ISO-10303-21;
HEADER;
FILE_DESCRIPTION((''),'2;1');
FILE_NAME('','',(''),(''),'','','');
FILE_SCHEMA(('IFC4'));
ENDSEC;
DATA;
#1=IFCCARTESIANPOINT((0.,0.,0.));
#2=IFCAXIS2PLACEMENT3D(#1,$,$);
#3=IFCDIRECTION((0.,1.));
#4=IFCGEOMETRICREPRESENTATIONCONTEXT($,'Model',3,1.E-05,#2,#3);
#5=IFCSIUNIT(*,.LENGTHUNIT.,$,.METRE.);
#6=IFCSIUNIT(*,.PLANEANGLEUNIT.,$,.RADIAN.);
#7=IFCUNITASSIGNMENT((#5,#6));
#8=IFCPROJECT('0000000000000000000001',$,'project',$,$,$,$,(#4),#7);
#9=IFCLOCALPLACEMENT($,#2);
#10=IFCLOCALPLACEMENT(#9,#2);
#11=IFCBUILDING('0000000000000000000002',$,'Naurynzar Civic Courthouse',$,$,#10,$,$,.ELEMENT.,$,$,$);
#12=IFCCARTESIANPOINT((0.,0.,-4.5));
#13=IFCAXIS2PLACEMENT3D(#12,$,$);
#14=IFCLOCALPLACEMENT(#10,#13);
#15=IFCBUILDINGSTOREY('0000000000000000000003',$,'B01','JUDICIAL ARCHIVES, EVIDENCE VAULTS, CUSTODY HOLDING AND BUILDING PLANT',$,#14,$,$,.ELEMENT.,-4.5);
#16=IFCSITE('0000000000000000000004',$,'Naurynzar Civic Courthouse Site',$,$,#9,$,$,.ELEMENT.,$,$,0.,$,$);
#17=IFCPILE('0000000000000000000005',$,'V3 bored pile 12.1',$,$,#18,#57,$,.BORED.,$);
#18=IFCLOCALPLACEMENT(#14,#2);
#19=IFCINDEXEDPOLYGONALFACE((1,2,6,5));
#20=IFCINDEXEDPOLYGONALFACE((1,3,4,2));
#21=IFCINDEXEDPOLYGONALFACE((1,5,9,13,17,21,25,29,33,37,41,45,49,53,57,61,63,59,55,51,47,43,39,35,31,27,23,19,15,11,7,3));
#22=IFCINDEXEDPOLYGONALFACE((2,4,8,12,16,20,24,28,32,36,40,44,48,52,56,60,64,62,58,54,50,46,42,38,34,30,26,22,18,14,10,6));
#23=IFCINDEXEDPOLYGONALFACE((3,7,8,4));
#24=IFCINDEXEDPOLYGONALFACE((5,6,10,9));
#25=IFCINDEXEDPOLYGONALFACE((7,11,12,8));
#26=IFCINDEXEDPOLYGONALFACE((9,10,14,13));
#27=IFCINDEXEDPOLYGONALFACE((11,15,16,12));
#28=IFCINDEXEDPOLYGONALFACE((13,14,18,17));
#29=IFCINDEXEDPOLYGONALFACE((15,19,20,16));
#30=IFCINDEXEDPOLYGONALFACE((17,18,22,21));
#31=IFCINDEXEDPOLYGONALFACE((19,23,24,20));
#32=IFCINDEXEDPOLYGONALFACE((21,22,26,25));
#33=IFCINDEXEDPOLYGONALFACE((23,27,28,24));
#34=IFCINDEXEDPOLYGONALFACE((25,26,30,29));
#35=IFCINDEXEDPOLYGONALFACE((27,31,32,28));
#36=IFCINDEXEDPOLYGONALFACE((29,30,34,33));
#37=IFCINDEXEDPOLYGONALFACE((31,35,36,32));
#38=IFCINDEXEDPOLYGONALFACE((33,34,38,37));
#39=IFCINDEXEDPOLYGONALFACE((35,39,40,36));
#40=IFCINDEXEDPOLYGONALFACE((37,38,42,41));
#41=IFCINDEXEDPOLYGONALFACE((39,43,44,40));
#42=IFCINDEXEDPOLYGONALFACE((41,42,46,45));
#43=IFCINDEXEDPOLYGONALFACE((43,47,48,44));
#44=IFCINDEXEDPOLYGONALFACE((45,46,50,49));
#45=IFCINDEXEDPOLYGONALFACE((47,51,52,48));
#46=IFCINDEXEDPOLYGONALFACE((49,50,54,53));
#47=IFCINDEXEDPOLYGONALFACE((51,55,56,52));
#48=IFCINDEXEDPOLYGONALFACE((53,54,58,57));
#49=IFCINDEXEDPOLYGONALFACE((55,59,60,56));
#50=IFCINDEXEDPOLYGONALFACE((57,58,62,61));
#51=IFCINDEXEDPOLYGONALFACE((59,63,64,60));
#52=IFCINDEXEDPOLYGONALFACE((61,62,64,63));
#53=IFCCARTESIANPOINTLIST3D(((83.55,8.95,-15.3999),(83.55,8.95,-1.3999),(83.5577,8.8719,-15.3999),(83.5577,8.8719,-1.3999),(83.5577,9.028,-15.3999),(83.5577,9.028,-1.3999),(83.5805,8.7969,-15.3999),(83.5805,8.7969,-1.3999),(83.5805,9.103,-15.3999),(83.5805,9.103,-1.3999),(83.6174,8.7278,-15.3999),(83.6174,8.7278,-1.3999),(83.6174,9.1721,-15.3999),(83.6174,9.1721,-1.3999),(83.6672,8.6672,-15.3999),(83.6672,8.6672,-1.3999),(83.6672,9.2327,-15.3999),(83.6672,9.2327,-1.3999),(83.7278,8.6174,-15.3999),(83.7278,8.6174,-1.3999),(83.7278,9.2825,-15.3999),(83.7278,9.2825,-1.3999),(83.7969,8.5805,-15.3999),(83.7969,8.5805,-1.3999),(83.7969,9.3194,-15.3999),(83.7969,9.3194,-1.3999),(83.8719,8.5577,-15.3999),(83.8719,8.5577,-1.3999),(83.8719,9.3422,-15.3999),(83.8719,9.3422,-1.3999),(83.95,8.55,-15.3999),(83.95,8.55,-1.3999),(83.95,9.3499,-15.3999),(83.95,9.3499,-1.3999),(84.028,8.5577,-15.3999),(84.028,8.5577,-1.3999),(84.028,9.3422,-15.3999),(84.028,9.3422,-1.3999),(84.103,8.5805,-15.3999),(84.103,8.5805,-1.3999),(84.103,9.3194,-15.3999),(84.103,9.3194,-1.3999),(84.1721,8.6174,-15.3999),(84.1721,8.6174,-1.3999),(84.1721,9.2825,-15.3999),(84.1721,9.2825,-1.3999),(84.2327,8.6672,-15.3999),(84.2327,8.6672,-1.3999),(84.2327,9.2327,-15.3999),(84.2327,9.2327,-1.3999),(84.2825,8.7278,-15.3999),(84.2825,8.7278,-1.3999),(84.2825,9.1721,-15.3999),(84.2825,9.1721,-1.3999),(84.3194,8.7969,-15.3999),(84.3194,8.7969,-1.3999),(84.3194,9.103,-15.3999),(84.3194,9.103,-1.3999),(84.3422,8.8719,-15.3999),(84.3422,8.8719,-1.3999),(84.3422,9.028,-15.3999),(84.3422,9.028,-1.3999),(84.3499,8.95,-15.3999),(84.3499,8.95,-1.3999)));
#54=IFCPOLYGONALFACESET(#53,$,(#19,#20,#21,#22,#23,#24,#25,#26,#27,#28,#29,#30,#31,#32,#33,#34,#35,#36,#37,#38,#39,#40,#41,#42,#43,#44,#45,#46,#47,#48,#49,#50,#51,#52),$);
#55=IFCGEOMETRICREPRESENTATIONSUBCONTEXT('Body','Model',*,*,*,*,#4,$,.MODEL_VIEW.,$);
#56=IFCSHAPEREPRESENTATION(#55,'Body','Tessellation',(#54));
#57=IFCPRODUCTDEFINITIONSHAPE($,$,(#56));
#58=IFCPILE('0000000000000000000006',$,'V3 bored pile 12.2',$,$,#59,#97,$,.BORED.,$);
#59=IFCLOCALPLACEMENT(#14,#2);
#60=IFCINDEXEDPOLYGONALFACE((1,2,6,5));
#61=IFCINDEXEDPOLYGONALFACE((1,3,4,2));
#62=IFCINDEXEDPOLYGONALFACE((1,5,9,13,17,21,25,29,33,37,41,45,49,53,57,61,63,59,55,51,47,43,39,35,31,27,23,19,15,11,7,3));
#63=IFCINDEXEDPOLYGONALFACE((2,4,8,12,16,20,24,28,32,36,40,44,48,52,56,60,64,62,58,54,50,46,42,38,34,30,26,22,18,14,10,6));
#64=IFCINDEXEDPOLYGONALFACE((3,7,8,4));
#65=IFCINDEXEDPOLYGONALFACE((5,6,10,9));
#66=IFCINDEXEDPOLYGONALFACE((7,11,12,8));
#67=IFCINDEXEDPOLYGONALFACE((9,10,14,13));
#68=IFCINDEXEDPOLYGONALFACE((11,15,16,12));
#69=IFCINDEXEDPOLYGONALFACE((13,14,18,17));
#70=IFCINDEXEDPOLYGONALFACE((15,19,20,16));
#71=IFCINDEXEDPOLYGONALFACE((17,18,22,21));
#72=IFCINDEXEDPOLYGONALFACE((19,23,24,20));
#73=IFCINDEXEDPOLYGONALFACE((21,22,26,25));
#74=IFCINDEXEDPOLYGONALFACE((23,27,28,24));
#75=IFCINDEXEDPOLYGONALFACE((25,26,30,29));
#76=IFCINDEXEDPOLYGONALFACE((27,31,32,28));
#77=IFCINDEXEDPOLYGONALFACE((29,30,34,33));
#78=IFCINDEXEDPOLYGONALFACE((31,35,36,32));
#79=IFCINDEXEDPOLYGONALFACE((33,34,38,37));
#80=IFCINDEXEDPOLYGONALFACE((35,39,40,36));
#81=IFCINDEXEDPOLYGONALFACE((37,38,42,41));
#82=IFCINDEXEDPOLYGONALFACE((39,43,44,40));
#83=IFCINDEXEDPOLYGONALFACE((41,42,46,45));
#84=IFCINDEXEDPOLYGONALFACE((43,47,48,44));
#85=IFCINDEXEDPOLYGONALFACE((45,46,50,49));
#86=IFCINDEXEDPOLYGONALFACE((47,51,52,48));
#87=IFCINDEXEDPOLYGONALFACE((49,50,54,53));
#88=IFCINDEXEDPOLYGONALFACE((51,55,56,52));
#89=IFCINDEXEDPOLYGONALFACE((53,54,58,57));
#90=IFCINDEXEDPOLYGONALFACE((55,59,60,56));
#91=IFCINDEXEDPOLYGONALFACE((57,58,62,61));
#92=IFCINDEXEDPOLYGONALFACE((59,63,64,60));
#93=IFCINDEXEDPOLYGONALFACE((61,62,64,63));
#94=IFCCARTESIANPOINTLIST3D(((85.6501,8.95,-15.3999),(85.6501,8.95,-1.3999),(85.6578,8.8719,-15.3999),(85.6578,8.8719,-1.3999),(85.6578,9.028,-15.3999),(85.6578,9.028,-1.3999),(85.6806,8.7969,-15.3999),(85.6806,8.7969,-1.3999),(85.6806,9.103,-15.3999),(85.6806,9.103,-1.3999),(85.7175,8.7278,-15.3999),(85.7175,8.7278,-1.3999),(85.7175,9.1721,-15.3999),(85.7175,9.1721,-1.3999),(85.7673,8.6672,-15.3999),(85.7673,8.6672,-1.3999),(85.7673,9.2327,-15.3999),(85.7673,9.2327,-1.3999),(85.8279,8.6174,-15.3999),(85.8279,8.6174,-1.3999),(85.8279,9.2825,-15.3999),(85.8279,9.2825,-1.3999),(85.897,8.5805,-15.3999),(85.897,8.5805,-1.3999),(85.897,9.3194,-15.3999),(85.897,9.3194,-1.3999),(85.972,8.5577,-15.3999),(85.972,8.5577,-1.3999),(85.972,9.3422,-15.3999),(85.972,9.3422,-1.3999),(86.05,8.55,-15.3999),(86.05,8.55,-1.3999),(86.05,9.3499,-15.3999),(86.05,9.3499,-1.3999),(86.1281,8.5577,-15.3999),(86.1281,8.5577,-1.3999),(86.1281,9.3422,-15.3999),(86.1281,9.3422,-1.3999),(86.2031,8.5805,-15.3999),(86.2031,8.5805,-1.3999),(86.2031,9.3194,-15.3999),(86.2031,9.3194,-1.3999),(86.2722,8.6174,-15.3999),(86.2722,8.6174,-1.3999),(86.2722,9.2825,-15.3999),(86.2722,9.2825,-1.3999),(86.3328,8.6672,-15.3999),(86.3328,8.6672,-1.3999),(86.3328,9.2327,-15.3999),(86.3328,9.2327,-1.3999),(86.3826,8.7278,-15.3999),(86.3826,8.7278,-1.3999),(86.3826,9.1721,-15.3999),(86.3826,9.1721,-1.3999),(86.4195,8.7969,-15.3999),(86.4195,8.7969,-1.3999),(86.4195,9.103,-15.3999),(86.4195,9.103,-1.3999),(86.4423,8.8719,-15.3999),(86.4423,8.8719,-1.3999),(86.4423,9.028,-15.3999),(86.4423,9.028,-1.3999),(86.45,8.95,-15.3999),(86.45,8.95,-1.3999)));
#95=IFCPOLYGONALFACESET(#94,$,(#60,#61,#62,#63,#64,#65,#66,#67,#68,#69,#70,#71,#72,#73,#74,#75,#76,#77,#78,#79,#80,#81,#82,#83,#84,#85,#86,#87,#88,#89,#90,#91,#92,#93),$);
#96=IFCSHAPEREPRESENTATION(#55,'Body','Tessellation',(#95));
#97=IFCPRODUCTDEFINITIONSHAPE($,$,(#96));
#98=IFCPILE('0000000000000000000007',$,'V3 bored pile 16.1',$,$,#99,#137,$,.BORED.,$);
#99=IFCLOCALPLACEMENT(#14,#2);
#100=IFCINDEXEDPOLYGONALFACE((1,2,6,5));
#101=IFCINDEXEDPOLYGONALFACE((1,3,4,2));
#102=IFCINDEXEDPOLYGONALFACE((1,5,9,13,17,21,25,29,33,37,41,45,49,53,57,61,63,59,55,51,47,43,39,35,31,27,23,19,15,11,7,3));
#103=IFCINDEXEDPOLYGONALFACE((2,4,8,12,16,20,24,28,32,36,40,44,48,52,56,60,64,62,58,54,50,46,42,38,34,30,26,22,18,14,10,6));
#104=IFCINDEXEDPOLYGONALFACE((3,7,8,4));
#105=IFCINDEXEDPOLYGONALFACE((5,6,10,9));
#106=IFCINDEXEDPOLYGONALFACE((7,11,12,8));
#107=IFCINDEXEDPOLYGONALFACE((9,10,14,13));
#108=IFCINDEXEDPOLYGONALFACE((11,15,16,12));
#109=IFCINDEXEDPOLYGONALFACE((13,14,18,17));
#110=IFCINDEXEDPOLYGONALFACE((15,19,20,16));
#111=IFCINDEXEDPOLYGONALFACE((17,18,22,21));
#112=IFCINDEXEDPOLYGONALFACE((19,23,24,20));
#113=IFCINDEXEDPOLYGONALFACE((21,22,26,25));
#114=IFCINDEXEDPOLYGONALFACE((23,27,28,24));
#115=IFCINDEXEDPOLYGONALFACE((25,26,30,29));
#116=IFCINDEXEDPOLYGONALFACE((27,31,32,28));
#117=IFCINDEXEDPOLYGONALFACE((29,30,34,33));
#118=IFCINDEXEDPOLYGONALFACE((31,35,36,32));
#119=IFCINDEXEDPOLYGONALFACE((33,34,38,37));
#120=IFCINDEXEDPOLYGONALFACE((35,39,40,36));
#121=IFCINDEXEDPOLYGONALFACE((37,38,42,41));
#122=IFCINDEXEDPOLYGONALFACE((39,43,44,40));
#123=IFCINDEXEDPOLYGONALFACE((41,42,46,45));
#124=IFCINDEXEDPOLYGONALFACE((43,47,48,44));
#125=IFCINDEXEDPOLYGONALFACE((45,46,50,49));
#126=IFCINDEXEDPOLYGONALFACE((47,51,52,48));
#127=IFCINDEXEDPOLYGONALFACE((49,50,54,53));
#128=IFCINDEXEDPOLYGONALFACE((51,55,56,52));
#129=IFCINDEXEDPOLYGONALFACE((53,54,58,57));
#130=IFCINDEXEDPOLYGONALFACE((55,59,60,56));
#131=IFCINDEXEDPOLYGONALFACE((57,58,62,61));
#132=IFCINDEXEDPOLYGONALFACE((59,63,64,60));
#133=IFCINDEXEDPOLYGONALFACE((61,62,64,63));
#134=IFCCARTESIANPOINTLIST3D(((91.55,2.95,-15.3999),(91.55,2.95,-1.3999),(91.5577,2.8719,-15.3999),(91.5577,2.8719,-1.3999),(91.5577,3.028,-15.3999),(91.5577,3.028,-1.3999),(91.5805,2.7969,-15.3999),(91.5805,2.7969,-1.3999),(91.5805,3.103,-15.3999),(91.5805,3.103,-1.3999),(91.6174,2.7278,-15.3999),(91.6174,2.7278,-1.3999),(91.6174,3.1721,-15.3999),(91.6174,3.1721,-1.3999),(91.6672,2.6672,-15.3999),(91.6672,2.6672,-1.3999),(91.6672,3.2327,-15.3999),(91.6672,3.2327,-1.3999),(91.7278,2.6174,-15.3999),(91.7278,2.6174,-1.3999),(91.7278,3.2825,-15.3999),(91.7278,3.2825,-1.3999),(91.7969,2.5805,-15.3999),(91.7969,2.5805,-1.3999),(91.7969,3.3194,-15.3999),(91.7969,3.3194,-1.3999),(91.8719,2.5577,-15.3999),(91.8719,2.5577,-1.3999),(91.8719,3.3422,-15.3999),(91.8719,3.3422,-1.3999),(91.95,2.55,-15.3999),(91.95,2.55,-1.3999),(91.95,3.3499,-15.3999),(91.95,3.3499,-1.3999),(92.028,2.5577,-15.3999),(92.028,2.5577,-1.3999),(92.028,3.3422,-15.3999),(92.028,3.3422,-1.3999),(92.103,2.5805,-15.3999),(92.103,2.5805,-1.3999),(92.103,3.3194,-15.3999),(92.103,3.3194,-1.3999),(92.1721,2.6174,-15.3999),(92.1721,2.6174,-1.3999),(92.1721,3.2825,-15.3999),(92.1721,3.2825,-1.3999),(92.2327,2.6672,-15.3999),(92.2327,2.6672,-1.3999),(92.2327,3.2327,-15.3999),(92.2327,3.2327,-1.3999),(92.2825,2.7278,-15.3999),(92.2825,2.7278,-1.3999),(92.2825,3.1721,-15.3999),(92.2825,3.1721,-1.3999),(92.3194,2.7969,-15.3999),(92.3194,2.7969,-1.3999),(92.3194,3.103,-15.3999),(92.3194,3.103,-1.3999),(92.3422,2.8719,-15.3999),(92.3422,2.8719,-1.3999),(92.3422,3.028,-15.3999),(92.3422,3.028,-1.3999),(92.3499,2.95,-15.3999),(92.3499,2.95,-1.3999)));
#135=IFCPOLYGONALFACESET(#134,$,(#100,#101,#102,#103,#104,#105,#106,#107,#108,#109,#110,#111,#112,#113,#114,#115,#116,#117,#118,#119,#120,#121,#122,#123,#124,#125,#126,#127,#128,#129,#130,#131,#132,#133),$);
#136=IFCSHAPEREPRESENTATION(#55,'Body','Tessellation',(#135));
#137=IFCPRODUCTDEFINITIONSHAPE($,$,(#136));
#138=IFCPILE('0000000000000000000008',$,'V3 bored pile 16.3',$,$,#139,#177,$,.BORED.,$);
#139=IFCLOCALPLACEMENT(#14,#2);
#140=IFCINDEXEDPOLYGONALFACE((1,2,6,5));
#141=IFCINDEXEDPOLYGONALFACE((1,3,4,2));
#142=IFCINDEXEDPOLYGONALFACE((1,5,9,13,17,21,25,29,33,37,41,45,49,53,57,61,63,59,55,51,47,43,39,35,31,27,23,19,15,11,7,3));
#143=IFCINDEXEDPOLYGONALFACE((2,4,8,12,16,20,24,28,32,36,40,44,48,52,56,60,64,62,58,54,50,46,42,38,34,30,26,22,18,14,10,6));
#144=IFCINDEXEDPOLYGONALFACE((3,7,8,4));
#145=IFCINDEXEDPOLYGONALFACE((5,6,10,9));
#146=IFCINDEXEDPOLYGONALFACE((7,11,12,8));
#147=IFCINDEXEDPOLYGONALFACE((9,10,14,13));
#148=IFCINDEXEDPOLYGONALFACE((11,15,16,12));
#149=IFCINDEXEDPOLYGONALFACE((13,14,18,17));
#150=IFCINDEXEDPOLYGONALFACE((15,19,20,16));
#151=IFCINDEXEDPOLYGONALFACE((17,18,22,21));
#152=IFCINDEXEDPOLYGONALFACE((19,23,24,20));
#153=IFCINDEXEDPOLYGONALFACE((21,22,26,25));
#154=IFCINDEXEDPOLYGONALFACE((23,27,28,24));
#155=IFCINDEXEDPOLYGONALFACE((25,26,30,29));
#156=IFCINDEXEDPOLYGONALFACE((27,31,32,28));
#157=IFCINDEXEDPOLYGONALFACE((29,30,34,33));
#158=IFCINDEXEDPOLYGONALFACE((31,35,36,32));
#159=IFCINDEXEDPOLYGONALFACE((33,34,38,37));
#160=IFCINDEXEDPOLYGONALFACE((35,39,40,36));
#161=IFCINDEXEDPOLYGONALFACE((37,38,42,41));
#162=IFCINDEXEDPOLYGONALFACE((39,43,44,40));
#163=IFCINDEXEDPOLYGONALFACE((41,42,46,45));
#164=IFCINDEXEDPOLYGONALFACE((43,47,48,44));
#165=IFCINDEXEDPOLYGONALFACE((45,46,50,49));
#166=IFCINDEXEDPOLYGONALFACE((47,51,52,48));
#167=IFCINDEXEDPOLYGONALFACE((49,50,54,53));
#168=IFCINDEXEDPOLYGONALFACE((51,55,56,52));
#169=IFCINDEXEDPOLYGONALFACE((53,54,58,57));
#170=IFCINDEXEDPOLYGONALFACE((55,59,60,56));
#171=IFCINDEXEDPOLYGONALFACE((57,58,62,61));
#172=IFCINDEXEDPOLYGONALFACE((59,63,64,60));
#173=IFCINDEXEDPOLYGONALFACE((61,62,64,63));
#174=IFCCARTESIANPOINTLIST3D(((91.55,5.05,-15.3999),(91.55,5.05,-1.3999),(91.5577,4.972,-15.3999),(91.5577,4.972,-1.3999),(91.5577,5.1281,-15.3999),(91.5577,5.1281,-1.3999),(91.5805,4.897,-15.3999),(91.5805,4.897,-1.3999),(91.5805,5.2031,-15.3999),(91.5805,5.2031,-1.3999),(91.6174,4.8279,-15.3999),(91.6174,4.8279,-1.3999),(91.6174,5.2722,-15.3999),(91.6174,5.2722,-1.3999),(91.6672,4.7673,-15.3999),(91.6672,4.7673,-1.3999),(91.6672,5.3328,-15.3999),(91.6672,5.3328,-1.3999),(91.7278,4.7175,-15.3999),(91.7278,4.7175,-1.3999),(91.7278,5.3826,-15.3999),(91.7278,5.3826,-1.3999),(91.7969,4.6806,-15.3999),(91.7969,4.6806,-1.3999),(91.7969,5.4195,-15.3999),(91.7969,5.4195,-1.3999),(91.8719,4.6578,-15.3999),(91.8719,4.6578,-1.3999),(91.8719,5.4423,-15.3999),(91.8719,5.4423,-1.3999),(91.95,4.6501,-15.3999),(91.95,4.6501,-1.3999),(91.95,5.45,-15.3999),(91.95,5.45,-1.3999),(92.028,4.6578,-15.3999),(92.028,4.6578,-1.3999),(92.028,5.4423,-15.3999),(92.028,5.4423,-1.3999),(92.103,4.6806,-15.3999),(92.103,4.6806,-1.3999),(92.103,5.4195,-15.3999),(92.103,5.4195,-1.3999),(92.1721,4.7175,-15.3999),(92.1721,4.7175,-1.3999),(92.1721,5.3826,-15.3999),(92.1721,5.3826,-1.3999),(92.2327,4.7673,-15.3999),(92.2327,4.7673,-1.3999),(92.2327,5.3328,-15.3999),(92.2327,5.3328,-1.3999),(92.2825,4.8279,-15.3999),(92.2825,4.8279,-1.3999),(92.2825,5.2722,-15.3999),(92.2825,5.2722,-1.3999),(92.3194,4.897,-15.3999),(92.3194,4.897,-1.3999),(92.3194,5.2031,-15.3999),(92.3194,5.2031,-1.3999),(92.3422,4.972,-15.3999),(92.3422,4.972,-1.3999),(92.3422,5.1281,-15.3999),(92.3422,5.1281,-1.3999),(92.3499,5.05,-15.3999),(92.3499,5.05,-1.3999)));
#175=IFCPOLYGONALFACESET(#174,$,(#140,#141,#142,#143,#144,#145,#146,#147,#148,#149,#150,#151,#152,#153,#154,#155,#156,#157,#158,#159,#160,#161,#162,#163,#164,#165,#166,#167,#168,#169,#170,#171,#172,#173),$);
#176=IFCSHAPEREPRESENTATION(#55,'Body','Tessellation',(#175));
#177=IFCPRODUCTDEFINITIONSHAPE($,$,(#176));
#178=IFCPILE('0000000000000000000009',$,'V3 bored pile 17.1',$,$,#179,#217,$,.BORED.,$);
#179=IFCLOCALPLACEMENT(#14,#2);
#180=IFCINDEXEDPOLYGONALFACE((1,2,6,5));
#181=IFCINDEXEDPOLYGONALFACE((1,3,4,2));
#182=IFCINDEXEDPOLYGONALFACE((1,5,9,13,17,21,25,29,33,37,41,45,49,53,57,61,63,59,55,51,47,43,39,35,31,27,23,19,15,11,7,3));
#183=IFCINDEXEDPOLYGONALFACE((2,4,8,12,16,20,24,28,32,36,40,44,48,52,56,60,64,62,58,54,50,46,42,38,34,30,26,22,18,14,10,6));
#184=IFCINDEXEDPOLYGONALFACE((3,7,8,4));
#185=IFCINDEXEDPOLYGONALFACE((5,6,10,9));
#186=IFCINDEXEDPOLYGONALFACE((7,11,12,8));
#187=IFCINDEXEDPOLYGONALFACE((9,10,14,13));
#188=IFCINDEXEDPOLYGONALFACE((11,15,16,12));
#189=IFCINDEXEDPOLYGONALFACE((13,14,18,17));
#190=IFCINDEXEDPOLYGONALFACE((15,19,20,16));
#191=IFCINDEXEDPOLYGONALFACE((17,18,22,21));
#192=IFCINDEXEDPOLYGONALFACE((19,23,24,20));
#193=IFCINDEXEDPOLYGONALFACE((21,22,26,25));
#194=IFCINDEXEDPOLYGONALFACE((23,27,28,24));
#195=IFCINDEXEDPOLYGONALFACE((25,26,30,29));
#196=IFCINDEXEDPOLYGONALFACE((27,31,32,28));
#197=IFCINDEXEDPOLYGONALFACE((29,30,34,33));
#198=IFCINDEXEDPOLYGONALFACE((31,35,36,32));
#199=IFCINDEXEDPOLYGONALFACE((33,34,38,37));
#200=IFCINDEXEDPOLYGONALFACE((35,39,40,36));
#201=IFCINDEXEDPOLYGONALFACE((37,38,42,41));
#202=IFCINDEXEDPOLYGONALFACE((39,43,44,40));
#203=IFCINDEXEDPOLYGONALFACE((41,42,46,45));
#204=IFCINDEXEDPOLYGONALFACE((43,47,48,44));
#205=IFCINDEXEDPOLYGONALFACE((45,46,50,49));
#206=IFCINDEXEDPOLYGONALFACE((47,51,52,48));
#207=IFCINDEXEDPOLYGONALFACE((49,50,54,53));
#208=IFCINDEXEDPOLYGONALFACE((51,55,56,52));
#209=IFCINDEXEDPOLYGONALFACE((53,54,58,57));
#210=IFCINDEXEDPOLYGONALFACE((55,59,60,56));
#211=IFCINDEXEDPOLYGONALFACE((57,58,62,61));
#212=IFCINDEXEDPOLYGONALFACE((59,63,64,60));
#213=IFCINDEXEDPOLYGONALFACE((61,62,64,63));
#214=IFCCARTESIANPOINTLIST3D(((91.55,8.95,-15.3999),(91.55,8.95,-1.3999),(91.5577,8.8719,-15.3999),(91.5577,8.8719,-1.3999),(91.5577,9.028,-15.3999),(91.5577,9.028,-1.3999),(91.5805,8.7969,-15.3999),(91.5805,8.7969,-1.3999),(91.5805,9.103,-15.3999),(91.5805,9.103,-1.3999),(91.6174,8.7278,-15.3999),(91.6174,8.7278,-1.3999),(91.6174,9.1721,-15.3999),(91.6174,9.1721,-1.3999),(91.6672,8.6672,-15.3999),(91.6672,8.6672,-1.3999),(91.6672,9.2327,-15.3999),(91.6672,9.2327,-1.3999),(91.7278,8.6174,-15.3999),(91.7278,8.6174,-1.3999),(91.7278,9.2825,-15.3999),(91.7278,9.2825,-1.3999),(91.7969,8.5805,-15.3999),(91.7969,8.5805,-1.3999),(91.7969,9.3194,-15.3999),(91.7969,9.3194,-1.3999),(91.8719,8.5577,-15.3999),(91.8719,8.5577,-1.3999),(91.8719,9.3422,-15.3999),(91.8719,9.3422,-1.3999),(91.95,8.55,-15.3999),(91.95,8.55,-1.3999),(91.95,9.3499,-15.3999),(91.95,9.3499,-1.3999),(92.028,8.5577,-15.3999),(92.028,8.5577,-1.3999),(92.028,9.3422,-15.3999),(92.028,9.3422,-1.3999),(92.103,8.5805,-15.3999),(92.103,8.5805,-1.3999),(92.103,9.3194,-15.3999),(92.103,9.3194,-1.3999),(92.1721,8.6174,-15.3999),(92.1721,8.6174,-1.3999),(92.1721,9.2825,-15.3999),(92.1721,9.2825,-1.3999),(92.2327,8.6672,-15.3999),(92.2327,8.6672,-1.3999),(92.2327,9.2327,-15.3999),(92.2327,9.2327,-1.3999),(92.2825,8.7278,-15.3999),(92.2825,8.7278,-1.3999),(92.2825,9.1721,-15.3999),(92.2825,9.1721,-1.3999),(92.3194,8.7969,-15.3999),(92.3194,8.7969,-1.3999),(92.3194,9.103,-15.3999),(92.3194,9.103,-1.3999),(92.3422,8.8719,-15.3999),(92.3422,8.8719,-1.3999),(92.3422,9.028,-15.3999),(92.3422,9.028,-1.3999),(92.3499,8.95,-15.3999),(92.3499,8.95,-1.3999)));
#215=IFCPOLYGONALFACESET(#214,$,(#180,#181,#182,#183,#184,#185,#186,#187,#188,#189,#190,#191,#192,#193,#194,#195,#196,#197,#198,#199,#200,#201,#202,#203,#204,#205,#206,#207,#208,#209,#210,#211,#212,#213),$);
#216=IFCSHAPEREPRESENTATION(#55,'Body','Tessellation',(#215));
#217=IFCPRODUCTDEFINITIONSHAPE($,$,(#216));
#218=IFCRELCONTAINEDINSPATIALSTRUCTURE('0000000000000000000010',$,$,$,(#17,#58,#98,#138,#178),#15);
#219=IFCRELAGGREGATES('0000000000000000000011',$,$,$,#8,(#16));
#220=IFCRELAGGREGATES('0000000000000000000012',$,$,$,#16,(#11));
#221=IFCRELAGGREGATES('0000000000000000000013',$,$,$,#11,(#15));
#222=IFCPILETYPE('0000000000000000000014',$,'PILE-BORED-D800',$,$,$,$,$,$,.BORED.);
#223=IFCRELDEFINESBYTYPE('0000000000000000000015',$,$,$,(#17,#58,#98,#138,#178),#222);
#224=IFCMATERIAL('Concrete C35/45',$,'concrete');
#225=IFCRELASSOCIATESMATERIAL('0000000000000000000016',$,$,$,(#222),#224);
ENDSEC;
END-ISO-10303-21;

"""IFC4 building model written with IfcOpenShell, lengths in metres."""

from ifc_helpers import new_model, si_unit, direction, frame, origin, origin_2d, place, context, subcontext, project, spatial, circle, extrude, material, material_profile, profile_set, type_object, element, save


model = new_model("IFC4")

# Units and contexts
model_context = context("Model", 3, precision=1e-05, world=origin(), true_north=direction((0.0, 1.0)))
body_context = subcontext(model_context, "Body", "Model", "MODEL_VIEW")
ifc_project = project(units=[si_unit("LENGTHUNIT", "METRE"), si_unit("PLANEANGLEUNIT", "RADIAN")], contexts=[model_context])

# Site, building, storey
site_placement = place(None, origin())
site = spatial("IfcSite", under=ifc_project, at=site_placement, Name="Naurynzar Civic Courthouse Site", CompositionType="ELEMENT", RefElevation=0.0)
building_placement = place(site_placement, origin())
building = spatial("IfcBuilding", under=site, at=building_placement, Name="Naurynzar Civic Courthouse", CompositionType="ELEMENT")
storey_placement = place(building_placement, frame((0.0, 0.0, -4.5)))
storey = spatial("IfcBuildingStorey", under=building, at=storey_placement, Name="B01", Description="JUDICIAL ARCHIVES, EVIDENCE VAULTS, CUSTODY HOLDING AND BUILDING PLANT", CompositionType="ELEMENT", Elevation=-4.5)

# Piles
ifc_material_1 = material(Name="Concrete C35/45", Category="concrete")
ifc_material_profile_1 = material_profile(ifc_material_1, circle(Radius=0.3999, at=origin_2d()), Name="PILE D800")
ifc_profile_set_1 = profile_set([ifc_material_profile_1], Name="Concrete C35/45")
pile_type = type_object("IfcPileType", Name="PILE-BORED-D800", PredefinedType="BORED", material=ifc_profile_set_1)
for number, where, z_axis, x_axis, name in (
    (1, (83.95, 8.95, -1.3999), (0.0, 0.0, -1.0), (1.0, 0.0, 0.0), "V3 bored pile 12.1"),
    (2, (86.05, 8.95, -1.3999), (0.0, 0.0, -1.0), (1.0, 0.0, 0.0), "V3 bored pile 12.2"),
    (3, (91.95, 2.95, -1.3999), (0.0, 0.0, -1.0), (1.0, 0.0, 0.0), "V3 bored pile 16.1"),
    (4, (91.95, 5.05, -1.3999), (0.0, 0.0, -1.0), (1.0, 0.0, 0.0), "V3 bored pile 16.3"),
    (5, (91.95, 8.95, -1.3999), (0.0, 0.0, -1.0), (1.0, 0.0, 0.0), "V3 bored pile 17.1"),
):
    element("IfcPile", number, at=place(storey_placement, frame(where, z_axis=z_axis, x_axis=x_axis)), inside=storey, type_object=pile_type, Name=name, PredefinedType="BORED", context=body_context, shape_type="SweptSolid", body=[
        extrude(circle(Radius=0.3999, at=origin_2d()), origin(), (0.0, 0.0, 1.0), 14.0),
    ])

save(model, "model.ifc")
